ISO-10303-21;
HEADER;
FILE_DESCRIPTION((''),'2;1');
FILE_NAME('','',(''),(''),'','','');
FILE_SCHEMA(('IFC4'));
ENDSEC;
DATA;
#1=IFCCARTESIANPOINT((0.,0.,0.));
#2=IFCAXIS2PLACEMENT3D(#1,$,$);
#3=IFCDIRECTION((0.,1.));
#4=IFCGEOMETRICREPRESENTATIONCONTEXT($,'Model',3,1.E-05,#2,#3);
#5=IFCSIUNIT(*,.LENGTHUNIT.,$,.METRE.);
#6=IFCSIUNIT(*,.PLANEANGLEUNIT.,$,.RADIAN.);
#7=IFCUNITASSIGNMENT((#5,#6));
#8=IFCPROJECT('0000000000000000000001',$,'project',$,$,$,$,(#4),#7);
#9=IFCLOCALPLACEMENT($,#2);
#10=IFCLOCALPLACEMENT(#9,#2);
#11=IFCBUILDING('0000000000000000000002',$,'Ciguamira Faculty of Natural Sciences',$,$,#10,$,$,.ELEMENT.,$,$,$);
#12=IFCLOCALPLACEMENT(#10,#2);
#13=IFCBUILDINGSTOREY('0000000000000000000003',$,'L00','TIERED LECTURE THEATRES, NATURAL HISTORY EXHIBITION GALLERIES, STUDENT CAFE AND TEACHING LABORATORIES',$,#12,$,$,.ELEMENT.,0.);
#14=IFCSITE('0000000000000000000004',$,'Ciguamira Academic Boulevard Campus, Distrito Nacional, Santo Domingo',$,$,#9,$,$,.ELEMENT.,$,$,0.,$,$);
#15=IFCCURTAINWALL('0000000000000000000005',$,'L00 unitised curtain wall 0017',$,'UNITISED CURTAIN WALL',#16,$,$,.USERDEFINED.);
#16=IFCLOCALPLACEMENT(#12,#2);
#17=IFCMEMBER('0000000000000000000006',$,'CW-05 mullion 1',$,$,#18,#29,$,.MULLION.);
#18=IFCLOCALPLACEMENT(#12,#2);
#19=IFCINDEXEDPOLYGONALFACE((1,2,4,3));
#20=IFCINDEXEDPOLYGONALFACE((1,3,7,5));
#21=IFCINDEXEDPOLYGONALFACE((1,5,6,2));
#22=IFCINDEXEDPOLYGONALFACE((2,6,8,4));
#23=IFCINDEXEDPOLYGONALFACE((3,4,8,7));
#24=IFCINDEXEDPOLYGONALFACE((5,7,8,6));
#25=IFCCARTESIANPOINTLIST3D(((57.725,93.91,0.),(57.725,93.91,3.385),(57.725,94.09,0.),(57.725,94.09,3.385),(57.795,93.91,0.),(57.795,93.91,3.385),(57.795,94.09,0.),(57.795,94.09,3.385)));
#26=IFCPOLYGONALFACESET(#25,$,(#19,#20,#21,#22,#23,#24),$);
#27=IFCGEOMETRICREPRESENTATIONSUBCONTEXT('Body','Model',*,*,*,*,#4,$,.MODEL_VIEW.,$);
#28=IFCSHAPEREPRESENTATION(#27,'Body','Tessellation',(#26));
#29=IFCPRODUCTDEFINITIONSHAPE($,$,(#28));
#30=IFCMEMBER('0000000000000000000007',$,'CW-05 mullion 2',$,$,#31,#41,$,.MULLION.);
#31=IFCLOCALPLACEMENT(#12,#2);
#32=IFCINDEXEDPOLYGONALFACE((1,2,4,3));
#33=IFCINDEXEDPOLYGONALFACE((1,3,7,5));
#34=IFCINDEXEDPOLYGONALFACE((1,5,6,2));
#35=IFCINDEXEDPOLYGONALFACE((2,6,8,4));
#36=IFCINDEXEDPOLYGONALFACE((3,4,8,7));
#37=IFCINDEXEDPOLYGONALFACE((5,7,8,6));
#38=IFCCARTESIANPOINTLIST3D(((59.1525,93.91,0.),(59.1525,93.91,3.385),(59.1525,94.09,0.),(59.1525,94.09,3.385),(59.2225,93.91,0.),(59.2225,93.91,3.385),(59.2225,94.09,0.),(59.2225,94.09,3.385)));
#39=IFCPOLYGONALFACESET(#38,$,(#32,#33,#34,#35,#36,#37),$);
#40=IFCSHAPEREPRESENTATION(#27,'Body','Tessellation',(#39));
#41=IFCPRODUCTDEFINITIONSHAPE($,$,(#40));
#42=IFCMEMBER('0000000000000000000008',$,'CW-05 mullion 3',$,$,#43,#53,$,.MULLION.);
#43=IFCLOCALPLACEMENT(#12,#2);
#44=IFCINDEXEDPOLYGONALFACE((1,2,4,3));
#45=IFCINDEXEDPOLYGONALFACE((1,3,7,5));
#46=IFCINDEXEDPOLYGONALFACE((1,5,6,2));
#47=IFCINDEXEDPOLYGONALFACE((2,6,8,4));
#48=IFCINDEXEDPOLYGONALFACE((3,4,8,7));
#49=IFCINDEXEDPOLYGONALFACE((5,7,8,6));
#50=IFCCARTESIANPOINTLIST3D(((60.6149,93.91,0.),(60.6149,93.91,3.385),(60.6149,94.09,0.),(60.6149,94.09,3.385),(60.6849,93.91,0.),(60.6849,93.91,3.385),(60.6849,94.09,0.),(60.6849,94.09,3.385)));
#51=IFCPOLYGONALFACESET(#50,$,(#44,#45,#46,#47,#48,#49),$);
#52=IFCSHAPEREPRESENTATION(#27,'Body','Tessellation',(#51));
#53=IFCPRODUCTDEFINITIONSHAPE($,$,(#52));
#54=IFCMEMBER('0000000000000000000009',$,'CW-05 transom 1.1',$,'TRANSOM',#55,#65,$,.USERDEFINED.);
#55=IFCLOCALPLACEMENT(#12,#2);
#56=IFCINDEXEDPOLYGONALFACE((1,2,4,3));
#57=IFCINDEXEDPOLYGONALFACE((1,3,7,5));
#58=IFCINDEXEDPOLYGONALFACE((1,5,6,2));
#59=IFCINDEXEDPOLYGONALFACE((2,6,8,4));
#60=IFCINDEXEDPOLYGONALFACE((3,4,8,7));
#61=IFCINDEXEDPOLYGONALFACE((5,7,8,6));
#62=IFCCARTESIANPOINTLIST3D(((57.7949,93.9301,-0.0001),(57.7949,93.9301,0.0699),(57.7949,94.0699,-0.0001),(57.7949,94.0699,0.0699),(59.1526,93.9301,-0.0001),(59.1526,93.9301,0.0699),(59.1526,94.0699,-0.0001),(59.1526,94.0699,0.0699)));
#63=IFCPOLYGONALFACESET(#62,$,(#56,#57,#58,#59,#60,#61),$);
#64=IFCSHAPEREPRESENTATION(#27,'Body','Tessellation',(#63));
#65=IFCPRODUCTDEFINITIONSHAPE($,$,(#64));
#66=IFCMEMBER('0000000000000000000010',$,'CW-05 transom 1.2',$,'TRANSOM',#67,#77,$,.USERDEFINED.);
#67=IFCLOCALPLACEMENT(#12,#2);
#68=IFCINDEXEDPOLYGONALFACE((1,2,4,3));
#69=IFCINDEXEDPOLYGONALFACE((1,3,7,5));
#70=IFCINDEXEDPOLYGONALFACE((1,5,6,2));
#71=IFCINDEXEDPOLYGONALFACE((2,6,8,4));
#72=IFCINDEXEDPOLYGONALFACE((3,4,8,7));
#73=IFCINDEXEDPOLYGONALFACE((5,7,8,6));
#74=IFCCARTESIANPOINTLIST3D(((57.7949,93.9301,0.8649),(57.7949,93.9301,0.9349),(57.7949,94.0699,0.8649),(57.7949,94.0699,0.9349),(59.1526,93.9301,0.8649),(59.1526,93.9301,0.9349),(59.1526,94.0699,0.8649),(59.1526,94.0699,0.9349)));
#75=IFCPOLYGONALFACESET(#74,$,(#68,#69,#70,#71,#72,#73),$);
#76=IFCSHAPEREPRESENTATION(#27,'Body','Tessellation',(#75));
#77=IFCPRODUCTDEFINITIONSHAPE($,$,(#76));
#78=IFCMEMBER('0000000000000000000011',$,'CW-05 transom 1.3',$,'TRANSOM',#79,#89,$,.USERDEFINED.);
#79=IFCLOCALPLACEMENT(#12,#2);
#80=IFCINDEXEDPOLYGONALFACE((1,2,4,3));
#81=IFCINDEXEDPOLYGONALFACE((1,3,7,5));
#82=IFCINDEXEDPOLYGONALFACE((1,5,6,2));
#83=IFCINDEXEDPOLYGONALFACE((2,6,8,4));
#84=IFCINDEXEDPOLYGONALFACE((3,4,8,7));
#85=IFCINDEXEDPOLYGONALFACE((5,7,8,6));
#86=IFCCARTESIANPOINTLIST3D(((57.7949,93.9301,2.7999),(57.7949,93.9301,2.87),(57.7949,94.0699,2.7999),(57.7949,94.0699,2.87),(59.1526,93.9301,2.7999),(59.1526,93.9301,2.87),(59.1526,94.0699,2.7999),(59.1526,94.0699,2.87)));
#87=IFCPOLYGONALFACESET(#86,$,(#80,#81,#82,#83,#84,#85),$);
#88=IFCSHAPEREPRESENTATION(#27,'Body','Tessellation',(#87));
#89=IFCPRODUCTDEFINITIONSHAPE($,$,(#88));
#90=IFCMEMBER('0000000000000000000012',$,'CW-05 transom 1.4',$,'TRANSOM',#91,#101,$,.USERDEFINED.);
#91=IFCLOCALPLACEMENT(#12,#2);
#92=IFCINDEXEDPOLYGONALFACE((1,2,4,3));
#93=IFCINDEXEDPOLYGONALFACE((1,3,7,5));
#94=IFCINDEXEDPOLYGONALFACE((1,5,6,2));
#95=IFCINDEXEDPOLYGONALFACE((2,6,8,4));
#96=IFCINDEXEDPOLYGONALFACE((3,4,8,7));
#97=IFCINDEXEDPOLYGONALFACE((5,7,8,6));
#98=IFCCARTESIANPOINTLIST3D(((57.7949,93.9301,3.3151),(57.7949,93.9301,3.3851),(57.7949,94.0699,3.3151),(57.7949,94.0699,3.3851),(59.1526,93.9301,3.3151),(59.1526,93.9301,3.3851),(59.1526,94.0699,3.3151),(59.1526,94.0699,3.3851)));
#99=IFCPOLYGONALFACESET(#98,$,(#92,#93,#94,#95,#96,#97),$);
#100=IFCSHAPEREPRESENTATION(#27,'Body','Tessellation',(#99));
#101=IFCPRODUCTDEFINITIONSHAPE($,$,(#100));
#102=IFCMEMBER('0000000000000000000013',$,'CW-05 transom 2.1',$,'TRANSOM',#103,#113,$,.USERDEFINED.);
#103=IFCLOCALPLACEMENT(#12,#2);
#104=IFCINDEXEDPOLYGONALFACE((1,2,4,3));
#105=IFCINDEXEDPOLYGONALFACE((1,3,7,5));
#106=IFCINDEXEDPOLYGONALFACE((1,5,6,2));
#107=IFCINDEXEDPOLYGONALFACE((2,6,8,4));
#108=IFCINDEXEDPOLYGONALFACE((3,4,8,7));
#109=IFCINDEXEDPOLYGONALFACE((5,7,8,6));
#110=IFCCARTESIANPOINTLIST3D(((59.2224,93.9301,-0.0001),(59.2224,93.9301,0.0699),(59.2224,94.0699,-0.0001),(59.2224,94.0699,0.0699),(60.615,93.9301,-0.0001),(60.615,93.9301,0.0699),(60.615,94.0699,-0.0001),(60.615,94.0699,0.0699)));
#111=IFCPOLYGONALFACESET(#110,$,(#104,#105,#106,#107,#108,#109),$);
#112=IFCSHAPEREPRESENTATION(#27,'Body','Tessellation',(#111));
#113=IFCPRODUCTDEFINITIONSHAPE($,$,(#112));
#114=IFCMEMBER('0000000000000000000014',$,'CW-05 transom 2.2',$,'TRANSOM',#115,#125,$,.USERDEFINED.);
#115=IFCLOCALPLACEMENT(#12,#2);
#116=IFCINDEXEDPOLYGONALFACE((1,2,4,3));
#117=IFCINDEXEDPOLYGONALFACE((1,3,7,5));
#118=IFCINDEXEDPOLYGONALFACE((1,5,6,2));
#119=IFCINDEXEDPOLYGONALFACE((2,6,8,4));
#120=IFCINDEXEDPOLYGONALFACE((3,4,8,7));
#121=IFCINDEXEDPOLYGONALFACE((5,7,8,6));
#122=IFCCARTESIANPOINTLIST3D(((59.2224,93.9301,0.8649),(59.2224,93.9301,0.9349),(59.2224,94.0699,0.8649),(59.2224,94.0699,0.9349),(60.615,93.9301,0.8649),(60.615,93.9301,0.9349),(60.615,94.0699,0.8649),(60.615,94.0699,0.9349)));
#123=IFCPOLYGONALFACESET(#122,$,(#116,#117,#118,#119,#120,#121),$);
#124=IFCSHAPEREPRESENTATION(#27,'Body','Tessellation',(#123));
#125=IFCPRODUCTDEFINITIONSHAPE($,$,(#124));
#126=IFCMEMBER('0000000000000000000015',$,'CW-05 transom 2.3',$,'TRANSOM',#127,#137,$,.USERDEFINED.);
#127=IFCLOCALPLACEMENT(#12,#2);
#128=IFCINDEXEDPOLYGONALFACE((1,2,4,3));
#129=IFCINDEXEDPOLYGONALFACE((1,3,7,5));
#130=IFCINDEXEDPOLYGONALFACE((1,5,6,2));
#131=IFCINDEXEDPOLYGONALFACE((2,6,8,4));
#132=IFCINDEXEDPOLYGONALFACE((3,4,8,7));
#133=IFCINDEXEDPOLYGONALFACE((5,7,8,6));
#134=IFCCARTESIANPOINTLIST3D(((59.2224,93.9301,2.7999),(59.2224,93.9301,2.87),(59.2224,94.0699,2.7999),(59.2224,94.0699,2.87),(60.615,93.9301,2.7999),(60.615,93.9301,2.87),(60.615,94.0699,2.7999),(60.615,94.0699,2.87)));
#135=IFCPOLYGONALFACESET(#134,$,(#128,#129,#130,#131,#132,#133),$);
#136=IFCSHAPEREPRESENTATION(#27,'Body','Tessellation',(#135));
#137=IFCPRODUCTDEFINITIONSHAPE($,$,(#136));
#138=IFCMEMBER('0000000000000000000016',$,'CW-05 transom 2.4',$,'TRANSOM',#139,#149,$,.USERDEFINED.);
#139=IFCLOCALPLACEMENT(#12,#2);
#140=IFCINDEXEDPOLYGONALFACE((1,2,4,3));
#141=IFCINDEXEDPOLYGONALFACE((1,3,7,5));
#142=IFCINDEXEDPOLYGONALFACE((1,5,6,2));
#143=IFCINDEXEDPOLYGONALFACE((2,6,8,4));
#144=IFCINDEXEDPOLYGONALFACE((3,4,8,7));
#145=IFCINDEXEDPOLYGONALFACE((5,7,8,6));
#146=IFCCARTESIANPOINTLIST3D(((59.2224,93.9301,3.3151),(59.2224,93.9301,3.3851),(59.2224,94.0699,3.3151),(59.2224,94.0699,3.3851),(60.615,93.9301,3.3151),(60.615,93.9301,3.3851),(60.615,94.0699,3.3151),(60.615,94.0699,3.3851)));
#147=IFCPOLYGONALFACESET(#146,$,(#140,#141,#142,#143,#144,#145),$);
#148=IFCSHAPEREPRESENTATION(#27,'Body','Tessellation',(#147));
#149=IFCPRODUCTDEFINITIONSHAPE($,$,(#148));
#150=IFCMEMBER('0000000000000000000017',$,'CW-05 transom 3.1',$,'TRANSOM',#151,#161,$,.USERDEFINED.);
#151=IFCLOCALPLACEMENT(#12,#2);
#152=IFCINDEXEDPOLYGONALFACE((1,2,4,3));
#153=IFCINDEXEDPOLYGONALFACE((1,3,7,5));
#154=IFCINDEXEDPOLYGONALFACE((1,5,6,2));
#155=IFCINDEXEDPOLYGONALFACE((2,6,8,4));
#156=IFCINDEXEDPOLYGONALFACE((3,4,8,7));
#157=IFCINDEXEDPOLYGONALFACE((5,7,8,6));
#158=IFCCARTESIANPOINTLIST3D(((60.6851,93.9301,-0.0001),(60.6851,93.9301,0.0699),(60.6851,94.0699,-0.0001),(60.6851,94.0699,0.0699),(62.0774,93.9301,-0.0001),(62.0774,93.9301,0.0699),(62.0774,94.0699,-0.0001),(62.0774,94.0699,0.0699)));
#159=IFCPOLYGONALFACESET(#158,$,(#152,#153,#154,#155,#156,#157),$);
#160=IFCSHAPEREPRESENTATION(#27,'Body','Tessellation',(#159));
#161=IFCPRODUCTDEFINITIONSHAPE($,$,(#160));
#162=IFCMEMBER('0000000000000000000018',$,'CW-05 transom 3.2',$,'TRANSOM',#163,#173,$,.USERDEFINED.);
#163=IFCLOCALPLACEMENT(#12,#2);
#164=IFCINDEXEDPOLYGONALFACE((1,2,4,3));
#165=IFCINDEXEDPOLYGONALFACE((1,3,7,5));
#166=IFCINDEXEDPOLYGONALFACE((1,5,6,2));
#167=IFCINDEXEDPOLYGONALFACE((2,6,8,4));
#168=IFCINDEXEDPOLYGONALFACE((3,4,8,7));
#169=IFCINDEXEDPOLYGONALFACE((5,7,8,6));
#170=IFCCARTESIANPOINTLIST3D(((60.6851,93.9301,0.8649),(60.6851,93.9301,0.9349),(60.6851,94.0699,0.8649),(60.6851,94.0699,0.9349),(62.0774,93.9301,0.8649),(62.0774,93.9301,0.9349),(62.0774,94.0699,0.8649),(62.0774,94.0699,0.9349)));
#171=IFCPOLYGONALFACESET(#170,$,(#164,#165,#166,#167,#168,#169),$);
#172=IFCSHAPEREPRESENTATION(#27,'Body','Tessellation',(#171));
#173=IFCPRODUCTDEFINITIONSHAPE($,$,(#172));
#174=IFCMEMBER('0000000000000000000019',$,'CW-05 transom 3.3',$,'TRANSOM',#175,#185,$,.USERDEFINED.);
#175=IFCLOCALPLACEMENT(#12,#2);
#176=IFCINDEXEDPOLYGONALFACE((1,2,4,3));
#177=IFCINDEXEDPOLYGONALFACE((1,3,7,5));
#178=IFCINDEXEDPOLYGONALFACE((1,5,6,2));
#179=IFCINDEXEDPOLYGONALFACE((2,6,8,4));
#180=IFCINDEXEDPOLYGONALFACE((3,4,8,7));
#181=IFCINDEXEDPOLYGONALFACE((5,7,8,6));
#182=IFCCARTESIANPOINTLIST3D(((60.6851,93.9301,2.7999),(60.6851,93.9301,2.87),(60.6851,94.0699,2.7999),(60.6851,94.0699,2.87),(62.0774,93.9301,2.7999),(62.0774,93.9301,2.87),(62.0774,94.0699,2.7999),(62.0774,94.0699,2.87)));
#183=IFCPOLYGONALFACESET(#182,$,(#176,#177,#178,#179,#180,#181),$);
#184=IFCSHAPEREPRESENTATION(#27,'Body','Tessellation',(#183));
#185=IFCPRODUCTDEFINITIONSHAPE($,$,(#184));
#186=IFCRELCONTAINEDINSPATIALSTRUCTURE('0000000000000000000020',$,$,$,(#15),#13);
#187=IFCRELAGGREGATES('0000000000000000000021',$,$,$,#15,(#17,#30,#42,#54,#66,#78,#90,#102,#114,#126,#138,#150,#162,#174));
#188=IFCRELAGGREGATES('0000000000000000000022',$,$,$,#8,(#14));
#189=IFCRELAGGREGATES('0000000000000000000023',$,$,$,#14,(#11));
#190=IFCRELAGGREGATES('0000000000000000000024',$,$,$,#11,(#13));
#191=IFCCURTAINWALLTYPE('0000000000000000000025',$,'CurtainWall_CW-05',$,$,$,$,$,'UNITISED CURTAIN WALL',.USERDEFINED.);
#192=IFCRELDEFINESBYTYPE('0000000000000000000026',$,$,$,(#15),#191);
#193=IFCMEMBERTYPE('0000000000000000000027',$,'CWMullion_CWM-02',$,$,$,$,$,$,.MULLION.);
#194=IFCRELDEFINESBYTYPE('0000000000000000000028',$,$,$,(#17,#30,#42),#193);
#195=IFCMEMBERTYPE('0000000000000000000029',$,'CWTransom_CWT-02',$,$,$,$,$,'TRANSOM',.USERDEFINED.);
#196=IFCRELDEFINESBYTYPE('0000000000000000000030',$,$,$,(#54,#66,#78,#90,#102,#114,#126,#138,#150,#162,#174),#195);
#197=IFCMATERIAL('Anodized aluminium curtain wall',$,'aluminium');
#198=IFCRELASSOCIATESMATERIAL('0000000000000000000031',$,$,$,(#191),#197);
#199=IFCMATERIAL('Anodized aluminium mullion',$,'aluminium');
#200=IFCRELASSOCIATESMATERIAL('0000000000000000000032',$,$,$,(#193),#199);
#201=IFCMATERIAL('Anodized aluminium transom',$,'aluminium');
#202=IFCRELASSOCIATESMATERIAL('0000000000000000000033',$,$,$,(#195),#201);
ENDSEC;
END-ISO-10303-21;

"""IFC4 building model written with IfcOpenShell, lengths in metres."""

from ifc_helpers import new_model, si_unit, direction, frame, origin, origin_2d, place, context, subcontext, project, spatial, rectangle, extrude, material, material_profile, profile_set, type_object, element, aggregate, save


model = new_model("IFC4")

# Units and contexts
model_context = context("Model", 3, precision=1e-05, world=origin(), true_north=direction((0.0, 1.0)))
body_context = subcontext(model_context, "Body", "Model", "MODEL_VIEW")
ifc_project = project(units=[si_unit("LENGTHUNIT", "METRE"), si_unit("PLANEANGLEUNIT", "RADIAN")], contexts=[model_context])

# Site, building, storey
site_placement = place(None, origin())
site = spatial("IfcSite", under=ifc_project, at=site_placement, Name="Ciguamira Academic Boulevard Campus, Distrito Nacional, Santo Domingo", CompositionType="ELEMENT", RefElevation=0.0)
building_placement = place(site_placement, origin())
building = spatial("IfcBuilding", under=site, at=building_placement, Name="Ciguamira Faculty of Natural Sciences", CompositionType="ELEMENT")
storey_placement = place(building_placement, origin())
storey = spatial("IfcBuildingStorey", under=building, at=storey_placement, Name="L00", Description="TIERED LECTURE THEATRES, NATURAL HISTORY EXHIBITION GALLERIES, STUDENT CAFE AND TEACHING LABORATORIES", CompositionType="ELEMENT", Elevation=0.0)

# Curtain wall, members
ifc_material_1 = material(Name="Anodized aluminium curtain wall", Category="aluminium")
curtain_wall_type = type_object("IfcCurtainWallType", Name="CurtainWall_CW-05", ElementType="UNITISED CURTAIN WALL", PredefinedType="USERDEFINED", material=ifc_material_1)
curtain_wall_placement = place(storey_placement, origin())
curtain_wall = element("IfcCurtainWall", 1, at=curtain_wall_placement, inside=storey, type_object=curtain_wall_type, Name="L00 unitised curtain wall 0017", ObjectType="UNITISED CURTAIN WALL", PredefinedType="USERDEFINED")
ifc_material_2 = material(Name="Anodized aluminium mullion", Category="aluminium")
ifc_material_profile_1 = material_profile(ifc_material_2, rectangle(XDim=0.0701, YDim=0.1799, at=origin_2d()), Name="ALU-MUL-70X180")
ifc_profile_set_1 = profile_set([ifc_material_profile_1], Name="Anodized aluminium mullion")
member_type_1 = type_object("IfcMemberType", Name="CWMullion_CWM-02", PredefinedType="MULLION", material=ifc_profile_set_1)
member_1_placement = place(storey_placement, frame((57.76, 94.0, 0.0), z_axis=(0.0, 0.0, 1.0), x_axis=(1.0, 0.0, 0.0)))
member_1 = element("IfcMember", 2, at=member_1_placement, type_object=member_type_1, Name="CW-05 mullion 1", PredefinedType="MULLION", context=body_context, shape_type="SweptSolid", body=[
    extrude(rectangle(XDim=0.0701, YDim=0.1799, at=origin_2d()), origin(), (0.0, 0.0, 1.0), 3.385),
])
member_2_placement = place(storey_placement, frame((59.1875, 94.0, 0.0), z_axis=(0.0, 0.0, 1.0), x_axis=(1.0, 0.0, 0.0)))
member_2 = element("IfcMember", 3, at=member_2_placement, type_object=member_type_1, Name="CW-05 mullion 2", PredefinedType="MULLION", context=body_context, shape_type="SweptSolid", body=[
    extrude(rectangle(XDim=0.0701, YDim=0.1799, at=origin_2d()), origin(), (0.0, 0.0, 1.0), 3.385),
])
member_3_placement = place(storey_placement, frame((60.6499, 94.0, 0.0), z_axis=(0.0, 0.0, 1.0), x_axis=(1.0, 0.0, 0.0)))
member_3 = element("IfcMember", 4, at=member_3_placement, type_object=member_type_1, Name="CW-05 mullion 3", PredefinedType="MULLION", context=body_context, shape_type="SweptSolid", body=[
    extrude(rectangle(XDim=0.0701, YDim=0.1799, at=origin_2d()), origin(), (0.0, 0.0, 1.0), 3.385),
])
ifc_material_3 = material(Name="Anodized aluminium transom", Category="aluminium")
ifc_material_profile_2 = material_profile(ifc_material_3, rectangle(XDim=0.0701, YDim=0.1399, at=origin_2d()), Name="ALU-TRN-70X140")
ifc_profile_set_2 = profile_set([ifc_material_profile_2], Name="Anodized aluminium transom")
member_type_2 = type_object("IfcMemberType", Name="CWTransom_CWT-02", ElementType="TRANSOM", PredefinedType="USERDEFINED", material=ifc_profile_set_2)
member_4_placement = place(storey_placement, frame((57.7949, 94.0, 0.0349), z_axis=(1.0, 0.0, 0.0), x_axis=(0.0, 0.0, 1.0)))
member_4 = element("IfcMember", 5, at=member_4_placement, type_object=member_type_2, Name="CW-05 transom 1.1", ObjectType="TRANSOM", PredefinedType="USERDEFINED", context=body_context, shape_type="SweptSolid", body=[
    extrude(rectangle(XDim=0.0701, YDim=0.1399, at=origin_2d()), origin(), (0.0, 0.0, 1.0), 1.3577),
])
member_5_placement = place(storey_placement, frame((57.7949, 94.0, 0.8999), z_axis=(1.0, 0.0, 0.0), x_axis=(0.0, 0.0, 1.0)))
member_5 = element("IfcMember", 6, at=member_5_placement, type_object=member_type_2, Name="CW-05 transom 1.2", ObjectType="TRANSOM", PredefinedType="USERDEFINED", context=body_context, shape_type="SweptSolid", body=[
    extrude(rectangle(XDim=0.0701, YDim=0.1399, at=origin_2d()), origin(), (0.0, 0.0, 1.0), 1.3577),
])
member_6_placement = place(storey_placement, frame((57.7949, 94.0, 2.835), z_axis=(1.0, 0.0, 0.0), x_axis=(0.0, 0.0, 1.0)))
member_6 = element("IfcMember", 7, at=member_6_placement, type_object=member_type_2, Name="CW-05 transom 1.3", ObjectType="TRANSOM", PredefinedType="USERDEFINED", context=body_context, shape_type="SweptSolid", body=[
    extrude(rectangle(XDim=0.0701, YDim=0.1399, at=origin_2d()), origin(), (0.0, 0.0, 1.0), 1.3577),
])
member_7_placement = place(storey_placement, frame((57.7949, 94.0, 3.3501), z_axis=(1.0, 0.0, 0.0), x_axis=(0.0, 0.0, 1.0)))
member_7 = element("IfcMember", 8, at=member_7_placement, type_object=member_type_2, Name="CW-05 transom 1.4", ObjectType="TRANSOM", PredefinedType="USERDEFINED", context=body_context, shape_type="SweptSolid", body=[
    extrude(rectangle(XDim=0.0701, YDim=0.1399, at=origin_2d()), origin(), (0.0, 0.0, 1.0), 1.3577),
])
member_8_placement = place(storey_placement, frame((59.2224, 94.0, 0.0349), z_axis=(1.0, 0.0, 0.0), x_axis=(0.0, 0.0, 1.0)))
member_8 = element("IfcMember", 9, at=member_8_placement, type_object=member_type_2, Name="CW-05 transom 2.1", ObjectType="TRANSOM", PredefinedType="USERDEFINED", context=body_context, shape_type="SweptSolid", body=[
    extrude(rectangle(XDim=0.0701, YDim=0.1399, at=origin_2d()), origin(), (0.0, 0.0, 1.0), 1.3926),
])
member_9_placement = place(storey_placement, frame((59.2224, 94.0, 0.8999), z_axis=(1.0, 0.0, 0.0), x_axis=(0.0, 0.0, 1.0)))
member_9 = element("IfcMember", 10, at=member_9_placement, type_object=member_type_2, Name="CW-05 transom 2.2", ObjectType="TRANSOM", PredefinedType="USERDEFINED", context=body_context, shape_type="SweptSolid", body=[
    extrude(rectangle(XDim=0.0701, YDim=0.1399, at=origin_2d()), origin(), (0.0, 0.0, 1.0), 1.3926),
])
member_10_placement = place(storey_placement, frame((59.2224, 94.0, 2.835), z_axis=(1.0, 0.0, 0.0), x_axis=(0.0, 0.0, 1.0)))
member_10 = element("IfcMember", 11, at=member_10_placement, type_object=member_type_2, Name="CW-05 transom 2.3", ObjectType="TRANSOM", PredefinedType="USERDEFINED", context=body_context, shape_type="SweptSolid", body=[
    extrude(rectangle(XDim=0.0701, YDim=0.1399, at=origin_2d()), origin(), (0.0, 0.0, 1.0), 1.3926),
])
member_11_placement = place(storey_placement, frame((59.2224, 94.0, 3.3501), z_axis=(1.0, 0.0, 0.0), x_axis=(0.0, 0.0, 1.0)))
member_11 = element("IfcMember", 12, at=member_11_placement, type_object=member_type_2, Name="CW-05 transom 2.4", ObjectType="TRANSOM", PredefinedType="USERDEFINED", context=body_context, shape_type="SweptSolid", body=[
    extrude(rectangle(XDim=0.0701, YDim=0.1399, at=origin_2d()), origin(), (0.0, 0.0, 1.0), 1.3926),
])
member_12_placement = place(storey_placement, frame((60.6851, 94.0, 0.0349), z_axis=(1.0, 0.0, 0.0), x_axis=(0.0, 0.0, 1.0)))
member_12 = element("IfcMember", 13, at=member_12_placement, type_object=member_type_2, Name="CW-05 transom 3.1", ObjectType="TRANSOM", PredefinedType="USERDEFINED", context=body_context, shape_type="SweptSolid", body=[
    extrude(rectangle(XDim=0.0701, YDim=0.1399, at=origin_2d()), origin(), (0.0, 0.0, 1.0), 1.3923),
])
member_13_placement = place(storey_placement, frame((60.6851, 94.0, 0.8999), z_axis=(1.0, 0.0, 0.0), x_axis=(0.0, 0.0, 1.0)))
member_13 = element("IfcMember", 14, at=member_13_placement, type_object=member_type_2, Name="CW-05 transom 3.2", ObjectType="TRANSOM", PredefinedType="USERDEFINED", context=body_context, shape_type="SweptSolid", body=[
    extrude(rectangle(XDim=0.0701, YDim=0.1399, at=origin_2d()), origin(), (0.0, 0.0, 1.0), 1.3923),
])
member_14_placement = place(storey_placement, frame((60.6851, 94.0, 2.835), z_axis=(1.0, 0.0, 0.0), x_axis=(0.0, 0.0, 1.0)))
member_14 = element("IfcMember", 15, at=member_14_placement, type_object=member_type_2, Name="CW-05 transom 3.3", ObjectType="TRANSOM", PredefinedType="USERDEFINED", context=body_context, shape_type="SweptSolid", body=[
    extrude(rectangle(XDim=0.0701, YDim=0.1399, at=origin_2d()), origin(), (0.0, 0.0, 1.0), 1.3923),
])
aggregate(curtain_wall, [member_1, member_2, member_3, member_4, member_5, member_6, member_7, member_8, member_9, member_10, member_11, member_12, member_13, member_14])

save(model, "model.ifc")
